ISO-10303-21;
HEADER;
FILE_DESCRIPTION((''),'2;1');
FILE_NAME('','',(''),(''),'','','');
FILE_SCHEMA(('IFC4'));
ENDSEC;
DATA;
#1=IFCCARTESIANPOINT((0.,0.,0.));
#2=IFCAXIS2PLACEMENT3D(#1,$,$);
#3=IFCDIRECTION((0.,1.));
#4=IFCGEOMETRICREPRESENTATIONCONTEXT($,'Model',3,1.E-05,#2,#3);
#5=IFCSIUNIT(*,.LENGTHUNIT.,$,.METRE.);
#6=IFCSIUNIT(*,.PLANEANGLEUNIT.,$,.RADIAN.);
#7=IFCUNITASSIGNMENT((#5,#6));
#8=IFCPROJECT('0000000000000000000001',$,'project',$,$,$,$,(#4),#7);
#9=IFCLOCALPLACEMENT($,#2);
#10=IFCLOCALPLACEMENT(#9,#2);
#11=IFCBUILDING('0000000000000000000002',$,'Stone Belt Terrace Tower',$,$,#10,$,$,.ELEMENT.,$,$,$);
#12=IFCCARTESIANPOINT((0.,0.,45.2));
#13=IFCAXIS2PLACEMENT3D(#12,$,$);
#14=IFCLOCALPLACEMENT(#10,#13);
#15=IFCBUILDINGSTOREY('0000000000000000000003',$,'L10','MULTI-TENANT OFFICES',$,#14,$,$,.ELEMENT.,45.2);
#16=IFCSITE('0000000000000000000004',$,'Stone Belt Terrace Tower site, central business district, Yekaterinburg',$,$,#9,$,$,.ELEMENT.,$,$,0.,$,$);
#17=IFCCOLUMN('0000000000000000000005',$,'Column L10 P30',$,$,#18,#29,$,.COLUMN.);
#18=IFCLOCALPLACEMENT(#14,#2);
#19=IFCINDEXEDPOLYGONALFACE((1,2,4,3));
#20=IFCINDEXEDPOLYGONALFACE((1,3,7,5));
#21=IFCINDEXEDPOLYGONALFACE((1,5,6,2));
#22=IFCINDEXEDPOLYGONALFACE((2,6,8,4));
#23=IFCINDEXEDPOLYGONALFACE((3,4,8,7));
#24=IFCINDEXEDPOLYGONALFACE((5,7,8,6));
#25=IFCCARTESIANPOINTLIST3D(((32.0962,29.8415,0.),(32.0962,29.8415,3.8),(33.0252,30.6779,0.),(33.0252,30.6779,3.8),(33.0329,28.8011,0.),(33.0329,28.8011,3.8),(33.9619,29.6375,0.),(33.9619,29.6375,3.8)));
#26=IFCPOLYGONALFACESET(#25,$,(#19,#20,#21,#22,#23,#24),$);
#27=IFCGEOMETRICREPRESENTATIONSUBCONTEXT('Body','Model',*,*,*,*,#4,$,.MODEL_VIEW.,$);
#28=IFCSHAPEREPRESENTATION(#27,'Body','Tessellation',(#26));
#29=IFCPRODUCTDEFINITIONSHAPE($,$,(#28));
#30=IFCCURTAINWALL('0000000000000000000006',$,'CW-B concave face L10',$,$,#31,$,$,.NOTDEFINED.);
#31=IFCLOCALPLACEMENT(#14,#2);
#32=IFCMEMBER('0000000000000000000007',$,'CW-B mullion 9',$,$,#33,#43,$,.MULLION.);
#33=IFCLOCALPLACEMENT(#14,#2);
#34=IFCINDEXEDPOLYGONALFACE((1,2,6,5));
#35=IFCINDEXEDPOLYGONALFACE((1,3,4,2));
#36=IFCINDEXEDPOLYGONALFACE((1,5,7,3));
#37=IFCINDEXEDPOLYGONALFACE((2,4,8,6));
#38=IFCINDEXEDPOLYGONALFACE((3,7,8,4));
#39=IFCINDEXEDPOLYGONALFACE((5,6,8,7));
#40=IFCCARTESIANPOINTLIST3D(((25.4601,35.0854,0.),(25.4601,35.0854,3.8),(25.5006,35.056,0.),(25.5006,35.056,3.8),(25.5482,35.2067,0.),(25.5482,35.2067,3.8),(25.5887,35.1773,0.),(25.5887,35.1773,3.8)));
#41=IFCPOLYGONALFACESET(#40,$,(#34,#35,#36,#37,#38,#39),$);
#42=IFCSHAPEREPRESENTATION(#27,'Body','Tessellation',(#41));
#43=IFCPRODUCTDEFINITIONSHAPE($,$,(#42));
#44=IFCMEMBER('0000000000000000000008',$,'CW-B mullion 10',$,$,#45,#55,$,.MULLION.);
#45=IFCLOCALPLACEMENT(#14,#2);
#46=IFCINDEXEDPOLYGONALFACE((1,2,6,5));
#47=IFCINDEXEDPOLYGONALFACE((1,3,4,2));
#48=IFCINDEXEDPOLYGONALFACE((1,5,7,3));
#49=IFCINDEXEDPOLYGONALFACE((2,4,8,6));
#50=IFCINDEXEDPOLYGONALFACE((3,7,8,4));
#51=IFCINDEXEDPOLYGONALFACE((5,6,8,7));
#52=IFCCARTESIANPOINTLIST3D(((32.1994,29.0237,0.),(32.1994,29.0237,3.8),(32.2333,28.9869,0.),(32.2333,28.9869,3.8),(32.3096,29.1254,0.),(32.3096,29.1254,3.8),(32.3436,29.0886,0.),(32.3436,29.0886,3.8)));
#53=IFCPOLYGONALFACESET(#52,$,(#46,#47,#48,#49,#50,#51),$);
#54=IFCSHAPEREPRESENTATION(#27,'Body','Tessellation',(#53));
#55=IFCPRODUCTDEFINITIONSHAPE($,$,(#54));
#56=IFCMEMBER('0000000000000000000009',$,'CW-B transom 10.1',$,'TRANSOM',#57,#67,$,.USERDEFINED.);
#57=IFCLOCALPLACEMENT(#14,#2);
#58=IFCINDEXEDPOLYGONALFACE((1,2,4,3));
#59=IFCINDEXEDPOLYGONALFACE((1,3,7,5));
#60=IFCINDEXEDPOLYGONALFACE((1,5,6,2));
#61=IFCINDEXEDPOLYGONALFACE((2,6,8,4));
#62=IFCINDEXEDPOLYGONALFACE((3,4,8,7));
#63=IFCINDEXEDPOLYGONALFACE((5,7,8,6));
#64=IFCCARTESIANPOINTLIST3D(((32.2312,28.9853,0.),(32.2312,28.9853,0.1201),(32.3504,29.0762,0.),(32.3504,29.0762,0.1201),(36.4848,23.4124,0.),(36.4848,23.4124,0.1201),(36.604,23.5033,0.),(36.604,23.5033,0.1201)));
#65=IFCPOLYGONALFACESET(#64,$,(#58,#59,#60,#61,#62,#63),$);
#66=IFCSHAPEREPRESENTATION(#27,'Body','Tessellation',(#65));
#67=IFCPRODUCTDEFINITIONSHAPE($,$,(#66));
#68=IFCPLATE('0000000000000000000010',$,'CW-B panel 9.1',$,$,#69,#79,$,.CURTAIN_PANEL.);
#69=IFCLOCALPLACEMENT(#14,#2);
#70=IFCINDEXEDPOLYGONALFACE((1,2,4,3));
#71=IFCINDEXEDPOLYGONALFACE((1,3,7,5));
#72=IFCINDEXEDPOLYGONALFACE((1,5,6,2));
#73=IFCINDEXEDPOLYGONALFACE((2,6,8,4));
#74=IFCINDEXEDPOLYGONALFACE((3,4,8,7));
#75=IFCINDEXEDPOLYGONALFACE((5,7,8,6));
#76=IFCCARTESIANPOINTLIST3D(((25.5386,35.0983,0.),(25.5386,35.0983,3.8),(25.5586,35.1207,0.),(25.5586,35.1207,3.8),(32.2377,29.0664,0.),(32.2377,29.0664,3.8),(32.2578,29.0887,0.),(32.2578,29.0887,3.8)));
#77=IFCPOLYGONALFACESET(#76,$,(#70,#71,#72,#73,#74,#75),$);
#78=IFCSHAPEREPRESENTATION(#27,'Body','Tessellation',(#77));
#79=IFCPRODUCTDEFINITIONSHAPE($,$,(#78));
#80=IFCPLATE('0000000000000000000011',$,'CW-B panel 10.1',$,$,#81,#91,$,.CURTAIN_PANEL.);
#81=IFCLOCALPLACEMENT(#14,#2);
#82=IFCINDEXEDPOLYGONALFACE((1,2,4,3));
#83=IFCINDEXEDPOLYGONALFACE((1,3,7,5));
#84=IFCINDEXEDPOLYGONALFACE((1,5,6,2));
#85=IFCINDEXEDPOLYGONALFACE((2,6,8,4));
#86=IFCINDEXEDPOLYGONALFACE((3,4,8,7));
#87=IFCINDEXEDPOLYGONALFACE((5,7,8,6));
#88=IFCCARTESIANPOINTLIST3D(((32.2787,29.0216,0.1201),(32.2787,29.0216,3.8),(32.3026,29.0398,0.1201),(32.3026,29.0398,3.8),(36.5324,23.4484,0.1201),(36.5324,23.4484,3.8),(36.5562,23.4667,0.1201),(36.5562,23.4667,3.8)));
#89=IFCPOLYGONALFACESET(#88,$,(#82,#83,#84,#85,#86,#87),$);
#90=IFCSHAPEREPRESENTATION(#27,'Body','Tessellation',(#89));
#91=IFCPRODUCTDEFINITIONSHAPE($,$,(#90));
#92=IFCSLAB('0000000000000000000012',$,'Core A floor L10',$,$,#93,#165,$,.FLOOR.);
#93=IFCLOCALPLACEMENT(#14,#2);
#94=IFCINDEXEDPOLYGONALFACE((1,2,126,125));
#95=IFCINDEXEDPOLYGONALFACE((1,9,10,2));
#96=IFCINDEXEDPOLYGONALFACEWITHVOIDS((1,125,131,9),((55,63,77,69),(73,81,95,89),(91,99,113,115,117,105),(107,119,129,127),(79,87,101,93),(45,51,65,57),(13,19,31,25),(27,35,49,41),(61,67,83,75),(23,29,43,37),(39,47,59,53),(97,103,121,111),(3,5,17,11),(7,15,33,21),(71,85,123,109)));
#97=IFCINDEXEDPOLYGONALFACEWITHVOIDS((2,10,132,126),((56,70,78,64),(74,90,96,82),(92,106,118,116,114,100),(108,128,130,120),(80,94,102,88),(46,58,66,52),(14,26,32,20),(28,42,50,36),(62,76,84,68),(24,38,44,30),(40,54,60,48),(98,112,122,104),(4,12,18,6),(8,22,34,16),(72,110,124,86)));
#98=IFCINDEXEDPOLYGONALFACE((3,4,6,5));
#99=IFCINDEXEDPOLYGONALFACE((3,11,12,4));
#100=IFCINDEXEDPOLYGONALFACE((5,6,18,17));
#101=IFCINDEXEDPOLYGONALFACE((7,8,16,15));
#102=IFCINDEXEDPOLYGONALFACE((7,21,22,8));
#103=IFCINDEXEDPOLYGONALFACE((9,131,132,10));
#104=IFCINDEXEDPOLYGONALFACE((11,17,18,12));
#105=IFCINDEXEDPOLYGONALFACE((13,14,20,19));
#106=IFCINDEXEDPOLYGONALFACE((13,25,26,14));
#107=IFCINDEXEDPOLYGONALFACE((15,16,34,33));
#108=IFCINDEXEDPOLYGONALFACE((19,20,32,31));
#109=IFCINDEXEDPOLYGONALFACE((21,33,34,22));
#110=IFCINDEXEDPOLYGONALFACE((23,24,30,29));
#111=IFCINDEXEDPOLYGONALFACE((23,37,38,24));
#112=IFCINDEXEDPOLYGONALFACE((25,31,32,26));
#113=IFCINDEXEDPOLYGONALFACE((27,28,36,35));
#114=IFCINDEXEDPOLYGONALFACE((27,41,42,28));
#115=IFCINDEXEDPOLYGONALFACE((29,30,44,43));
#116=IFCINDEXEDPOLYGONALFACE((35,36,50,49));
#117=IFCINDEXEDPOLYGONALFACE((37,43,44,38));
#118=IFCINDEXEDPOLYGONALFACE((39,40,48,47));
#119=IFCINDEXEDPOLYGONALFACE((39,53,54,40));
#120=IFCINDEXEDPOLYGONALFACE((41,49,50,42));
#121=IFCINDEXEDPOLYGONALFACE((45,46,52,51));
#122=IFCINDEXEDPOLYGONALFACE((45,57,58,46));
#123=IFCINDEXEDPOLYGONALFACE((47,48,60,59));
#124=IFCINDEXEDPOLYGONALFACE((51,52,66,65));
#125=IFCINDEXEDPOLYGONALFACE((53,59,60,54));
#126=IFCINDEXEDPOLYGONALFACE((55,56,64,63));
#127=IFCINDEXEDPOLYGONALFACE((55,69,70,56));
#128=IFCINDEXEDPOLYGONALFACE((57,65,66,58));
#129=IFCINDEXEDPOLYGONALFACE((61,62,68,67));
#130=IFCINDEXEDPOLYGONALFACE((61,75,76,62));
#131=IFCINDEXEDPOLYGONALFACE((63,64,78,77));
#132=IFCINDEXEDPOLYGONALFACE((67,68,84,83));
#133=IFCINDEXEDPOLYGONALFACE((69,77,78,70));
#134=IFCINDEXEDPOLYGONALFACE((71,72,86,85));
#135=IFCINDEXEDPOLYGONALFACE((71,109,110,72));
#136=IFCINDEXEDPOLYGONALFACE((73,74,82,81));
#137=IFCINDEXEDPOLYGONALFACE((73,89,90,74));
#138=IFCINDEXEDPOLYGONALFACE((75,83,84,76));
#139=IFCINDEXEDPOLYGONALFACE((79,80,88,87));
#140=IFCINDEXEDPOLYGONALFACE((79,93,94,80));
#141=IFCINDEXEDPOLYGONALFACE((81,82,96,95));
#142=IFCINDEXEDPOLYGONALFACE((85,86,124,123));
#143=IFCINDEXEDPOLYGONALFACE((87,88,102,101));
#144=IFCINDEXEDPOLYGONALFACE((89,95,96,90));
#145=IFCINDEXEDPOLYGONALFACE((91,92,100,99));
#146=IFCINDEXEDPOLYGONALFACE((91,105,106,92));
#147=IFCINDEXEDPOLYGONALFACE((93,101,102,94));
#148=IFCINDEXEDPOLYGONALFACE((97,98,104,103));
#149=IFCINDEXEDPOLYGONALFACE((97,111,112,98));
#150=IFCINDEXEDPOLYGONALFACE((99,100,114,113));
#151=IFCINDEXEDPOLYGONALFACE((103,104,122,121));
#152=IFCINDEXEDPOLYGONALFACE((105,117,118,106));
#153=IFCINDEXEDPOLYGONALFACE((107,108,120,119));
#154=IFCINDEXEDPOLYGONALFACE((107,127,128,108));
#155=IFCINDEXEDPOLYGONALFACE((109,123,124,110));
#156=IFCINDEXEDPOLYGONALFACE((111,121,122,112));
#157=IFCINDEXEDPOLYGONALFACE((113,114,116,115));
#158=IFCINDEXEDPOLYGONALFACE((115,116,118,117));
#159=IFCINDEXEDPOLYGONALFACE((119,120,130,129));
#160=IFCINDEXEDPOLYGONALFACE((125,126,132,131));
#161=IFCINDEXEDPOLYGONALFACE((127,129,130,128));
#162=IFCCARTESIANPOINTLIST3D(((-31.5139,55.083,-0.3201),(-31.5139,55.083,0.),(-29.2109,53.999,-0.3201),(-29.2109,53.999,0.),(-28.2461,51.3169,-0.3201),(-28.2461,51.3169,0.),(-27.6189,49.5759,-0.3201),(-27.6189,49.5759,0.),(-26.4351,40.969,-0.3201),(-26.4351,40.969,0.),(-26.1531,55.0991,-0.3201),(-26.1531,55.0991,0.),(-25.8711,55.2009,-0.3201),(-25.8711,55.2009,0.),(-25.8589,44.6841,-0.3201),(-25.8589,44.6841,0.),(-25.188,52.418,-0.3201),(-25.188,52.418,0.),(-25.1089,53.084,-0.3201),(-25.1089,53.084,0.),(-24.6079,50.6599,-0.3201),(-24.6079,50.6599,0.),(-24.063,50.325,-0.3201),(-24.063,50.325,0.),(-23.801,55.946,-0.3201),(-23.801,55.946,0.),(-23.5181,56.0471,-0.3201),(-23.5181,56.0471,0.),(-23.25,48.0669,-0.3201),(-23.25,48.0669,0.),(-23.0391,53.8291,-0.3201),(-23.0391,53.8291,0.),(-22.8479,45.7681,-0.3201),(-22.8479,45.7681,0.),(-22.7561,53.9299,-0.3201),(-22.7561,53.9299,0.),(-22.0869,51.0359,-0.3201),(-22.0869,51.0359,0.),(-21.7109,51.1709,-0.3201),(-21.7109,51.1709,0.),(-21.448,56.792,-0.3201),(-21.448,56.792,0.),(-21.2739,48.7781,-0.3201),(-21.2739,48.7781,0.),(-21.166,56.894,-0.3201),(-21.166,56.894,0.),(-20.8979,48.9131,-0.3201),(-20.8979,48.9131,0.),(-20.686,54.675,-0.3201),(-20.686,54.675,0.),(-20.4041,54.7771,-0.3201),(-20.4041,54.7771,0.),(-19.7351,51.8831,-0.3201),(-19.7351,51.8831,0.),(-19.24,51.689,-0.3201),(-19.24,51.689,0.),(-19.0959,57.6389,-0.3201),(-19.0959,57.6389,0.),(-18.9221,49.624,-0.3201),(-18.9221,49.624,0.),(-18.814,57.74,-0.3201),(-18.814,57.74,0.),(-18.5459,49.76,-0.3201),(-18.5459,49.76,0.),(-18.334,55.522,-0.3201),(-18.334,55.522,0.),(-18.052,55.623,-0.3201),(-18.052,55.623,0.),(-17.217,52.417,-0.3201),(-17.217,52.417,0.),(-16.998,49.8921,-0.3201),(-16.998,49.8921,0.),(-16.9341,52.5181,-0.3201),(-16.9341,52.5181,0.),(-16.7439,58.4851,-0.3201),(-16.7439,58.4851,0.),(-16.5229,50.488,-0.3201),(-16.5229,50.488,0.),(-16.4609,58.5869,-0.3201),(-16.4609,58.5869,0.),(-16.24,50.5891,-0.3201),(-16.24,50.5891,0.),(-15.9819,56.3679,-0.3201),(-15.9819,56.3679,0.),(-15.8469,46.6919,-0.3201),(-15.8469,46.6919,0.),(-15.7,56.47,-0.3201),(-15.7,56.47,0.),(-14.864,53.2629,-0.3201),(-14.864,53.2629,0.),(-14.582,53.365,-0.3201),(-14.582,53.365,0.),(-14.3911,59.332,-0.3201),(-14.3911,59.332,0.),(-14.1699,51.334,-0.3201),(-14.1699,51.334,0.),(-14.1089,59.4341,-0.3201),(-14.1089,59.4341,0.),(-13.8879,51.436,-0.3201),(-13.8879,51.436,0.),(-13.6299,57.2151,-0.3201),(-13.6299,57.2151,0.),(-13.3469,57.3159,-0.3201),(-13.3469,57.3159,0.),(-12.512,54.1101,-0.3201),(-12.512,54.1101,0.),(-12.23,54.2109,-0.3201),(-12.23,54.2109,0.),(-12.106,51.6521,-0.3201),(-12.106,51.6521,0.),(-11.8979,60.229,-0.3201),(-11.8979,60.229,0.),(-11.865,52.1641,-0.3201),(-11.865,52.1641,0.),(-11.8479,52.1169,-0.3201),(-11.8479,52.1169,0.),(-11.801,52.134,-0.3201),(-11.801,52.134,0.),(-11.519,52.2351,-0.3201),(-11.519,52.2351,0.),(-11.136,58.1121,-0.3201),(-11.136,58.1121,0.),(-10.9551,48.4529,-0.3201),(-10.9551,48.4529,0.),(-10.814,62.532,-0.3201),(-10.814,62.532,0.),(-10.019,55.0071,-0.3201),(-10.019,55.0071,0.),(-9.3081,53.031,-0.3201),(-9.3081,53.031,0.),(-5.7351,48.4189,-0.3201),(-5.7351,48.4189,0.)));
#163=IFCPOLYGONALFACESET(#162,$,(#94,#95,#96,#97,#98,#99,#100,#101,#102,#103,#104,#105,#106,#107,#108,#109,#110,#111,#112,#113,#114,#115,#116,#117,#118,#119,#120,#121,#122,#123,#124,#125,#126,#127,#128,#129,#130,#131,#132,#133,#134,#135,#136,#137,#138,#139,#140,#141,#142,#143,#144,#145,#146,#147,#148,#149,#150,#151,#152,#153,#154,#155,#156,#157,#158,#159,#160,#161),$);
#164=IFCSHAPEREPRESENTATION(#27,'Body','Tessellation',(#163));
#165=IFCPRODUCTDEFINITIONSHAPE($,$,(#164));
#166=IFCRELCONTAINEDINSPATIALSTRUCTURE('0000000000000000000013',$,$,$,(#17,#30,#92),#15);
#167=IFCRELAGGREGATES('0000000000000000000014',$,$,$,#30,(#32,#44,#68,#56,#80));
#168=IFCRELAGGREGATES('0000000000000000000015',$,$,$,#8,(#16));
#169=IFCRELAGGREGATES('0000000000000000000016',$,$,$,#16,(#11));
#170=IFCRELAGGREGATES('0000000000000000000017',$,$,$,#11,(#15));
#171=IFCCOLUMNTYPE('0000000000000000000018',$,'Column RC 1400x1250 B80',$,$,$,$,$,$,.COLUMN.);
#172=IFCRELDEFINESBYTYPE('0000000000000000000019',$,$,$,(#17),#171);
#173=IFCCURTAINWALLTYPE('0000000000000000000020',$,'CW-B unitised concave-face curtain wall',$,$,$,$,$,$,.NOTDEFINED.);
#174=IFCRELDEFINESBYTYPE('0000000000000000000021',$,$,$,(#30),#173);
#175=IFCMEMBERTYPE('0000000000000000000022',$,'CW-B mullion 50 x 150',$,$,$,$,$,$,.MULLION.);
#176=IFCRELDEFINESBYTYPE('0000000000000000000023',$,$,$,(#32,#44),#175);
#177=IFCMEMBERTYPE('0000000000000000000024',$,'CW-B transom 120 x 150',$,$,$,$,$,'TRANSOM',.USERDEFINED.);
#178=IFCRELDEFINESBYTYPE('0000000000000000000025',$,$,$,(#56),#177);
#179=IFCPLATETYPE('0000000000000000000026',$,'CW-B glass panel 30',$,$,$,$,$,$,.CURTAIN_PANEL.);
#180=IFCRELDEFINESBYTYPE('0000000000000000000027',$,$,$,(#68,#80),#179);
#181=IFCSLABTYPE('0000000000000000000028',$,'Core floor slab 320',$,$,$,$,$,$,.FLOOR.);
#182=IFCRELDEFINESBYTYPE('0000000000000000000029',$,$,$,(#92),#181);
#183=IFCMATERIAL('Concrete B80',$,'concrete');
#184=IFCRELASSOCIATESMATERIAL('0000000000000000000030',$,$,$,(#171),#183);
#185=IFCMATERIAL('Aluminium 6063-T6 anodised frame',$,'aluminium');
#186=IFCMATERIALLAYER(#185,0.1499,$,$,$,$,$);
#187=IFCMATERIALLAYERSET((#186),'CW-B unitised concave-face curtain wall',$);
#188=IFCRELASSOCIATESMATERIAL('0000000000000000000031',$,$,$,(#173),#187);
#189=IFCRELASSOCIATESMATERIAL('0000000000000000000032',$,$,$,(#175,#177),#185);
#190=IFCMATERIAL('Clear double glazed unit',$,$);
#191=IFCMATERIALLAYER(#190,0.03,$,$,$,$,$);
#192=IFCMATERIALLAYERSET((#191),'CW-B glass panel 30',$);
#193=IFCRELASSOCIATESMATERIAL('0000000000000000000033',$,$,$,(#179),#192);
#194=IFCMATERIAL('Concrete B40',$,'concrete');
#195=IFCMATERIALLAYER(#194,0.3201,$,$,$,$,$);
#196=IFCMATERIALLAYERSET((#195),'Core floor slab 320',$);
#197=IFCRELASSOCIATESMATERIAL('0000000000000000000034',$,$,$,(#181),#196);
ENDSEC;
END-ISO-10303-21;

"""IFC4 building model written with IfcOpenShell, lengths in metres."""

from ifc_helpers import new_model, si_unit, direction, frame, origin, origin_2d, place, context, subcontext, project, spatial, polyline, rectangle, outline, extrude, material, layer, layer_set, material_profile, profile_set, type_object, element, aggregate, save


model = new_model("IFC4")

# Units and contexts
model_context = context("Model", 3, precision=1e-05, world=origin(), true_north=direction((0.0, 1.0)))
body_context = subcontext(model_context, "Body", "Model", "MODEL_VIEW")
ifc_project = project(units=[si_unit("LENGTHUNIT", "METRE"), si_unit("PLANEANGLEUNIT", "RADIAN")], contexts=[model_context])

# Site, building, storey
site_placement = place(None, origin())
site = spatial("IfcSite", under=ifc_project, at=site_placement, Name="Stone Belt Terrace Tower site, central business district, Yekaterinburg", CompositionType="ELEMENT", RefElevation=0.0)
building_placement = place(site_placement, origin())
building = spatial("IfcBuilding", under=site, at=building_placement, Name="Stone Belt Terrace Tower", CompositionType="ELEMENT")
storey_placement = place(building_placement, frame((0.0, 0.0, 45.2)))
storey = spatial("IfcBuildingStorey", under=building, at=storey_placement, Name="L10", Description="MULTI-TENANT OFFICES", CompositionType="ELEMENT", Elevation=45.2)

# Column
ifc_material_1 = material(Name="Concrete B80", Category="concrete")
ifc_material_profile_1 = material_profile(ifc_material_1, rectangle(XDim=1.3999, YDim=1.25, at=origin_2d()), Name="RC 1400x1250")
ifc_profile_set_1 = profile_set([ifc_material_profile_1], Name="Concrete B80")
column_type = type_object("IfcColumnType", Name="Column RC 1400x1250 B80", PredefinedType="COLUMN", material=ifc_profile_set_1)
column_placement = place(storey_placement, frame((33.0291, 29.7395, 0.0), z_axis=(0.0, 0.0, 1.0), x_axis=(0.669131, -0.743145, 0.0)))
element("IfcColumn", 1, at=column_placement, inside=storey, type_object=column_type, Name="Column L10 P30", PredefinedType="COLUMN", context=body_context, shape_type="SweptSolid", body=[
    extrude(rectangle(XDim=1.3999, YDim=1.25, at=origin_2d()), origin(), (0.0, 0.0, 1.0), 3.8),
])

# Curtain wall, members, plates
ifc_material_2 = material(Name="Aluminium 6063-T6 anodised frame", Category="aluminium")
ifc_layer_1 = layer(ifc_material_2, 0.1499)
ifc_layer_set_1 = layer_set([ifc_layer_1], Name="CW-B unitised concave-face curtain wall")
curtain_wall_type = type_object("IfcCurtainWallType", Name="CW-B unitised concave-face curtain wall", PredefinedType="NOTDEFINED", material=ifc_layer_set_1)
curtain_wall_placement = place(storey_placement, origin())
curtain_wall = element("IfcCurtainWall", 2, at=curtain_wall_placement, inside=storey, type_object=curtain_wall_type, Name="CW-B concave face L10", PredefinedType="NOTDEFINED")
ifc_material_profile_2 = material_profile(ifc_material_2, rectangle(XDim=0.1499, YDim=0.05, at=origin_2d()), Name="Aluminium 6063-T6 50x150")
ifc_profile_set_2 = profile_set([ifc_material_profile_2], Name="Aluminium 6063-T6 anodised frame")
member_type_1 = type_object("IfcMemberType", Name="CW-B mullion 50 x 150", PredefinedType="MULLION", material=ifc_profile_set_2)
member_1_placement = place(storey_placement, frame((25.5244, 35.1313, 0.0), z_axis=(0.0, 0.0, 1.0), x_axis=(0.587785, 0.809017, 0.0)))
member_1 = element("IfcMember", 3, at=member_1_placement, type_object=member_type_1, Name="CW-B mullion 9", PredefinedType="MULLION", context=body_context, shape_type="SweptSolid", body=[
    extrude(rectangle(XDim=0.1499, YDim=0.05, at=origin_2d()), origin(), (0.0, 0.0, 1.0), 3.8),
])
member_2_placement = place(storey_placement, frame((32.2715, 29.0562, 0.0), z_axis=(0.0, 0.0, 1.0), x_axis=(0.735198, 0.677852, 0.0)))
member_2 = element("IfcMember", 4, at=member_2_placement, type_object=member_type_1, Name="CW-B mullion 10", PredefinedType="MULLION", context=body_context, shape_type="SweptSolid", body=[
    extrude(rectangle(XDim=0.1499, YDim=0.05, at=origin_2d()), origin(), (0.0, 0.0, 1.0), 3.8),
])
ifc_material_profile_3 = material_profile(ifc_material_2, rectangle(XDim=0.1499, YDim=0.1201, at=origin_2d()), Name="Aluminium 6063-T6 150x120")
ifc_profile_set_3 = profile_set([ifc_material_profile_3], Name="Aluminium 6063-T6 anodised frame")
member_type_2 = type_object("IfcMemberType", Name="CW-B transom 120 x 150", ElementType="TRANSOM", PredefinedType="USERDEFINED", material=ifc_profile_set_3)
member_3_placement = place(storey_placement, frame((32.2908, 29.0308, 0.0601), z_axis=(0.606726, -0.794911, 0.0), x_axis=(0.794911, 0.606726, 0.0)))
member_3 = element("IfcMember", 5, at=member_3_placement, type_object=member_type_2, Name="CW-B transom 10.1", ObjectType="TRANSOM", PredefinedType="USERDEFINED", context=body_context, shape_type="SweptSolid", body=[
    extrude(rectangle(XDim=0.1499, YDim=0.1201, at=origin_2d()), origin(), (0.0, 0.0, 1.0), 7.0107),
])
ifc_material_3 = material(Name="Clear double glazed unit")
ifc_layer_2 = layer(ifc_material_3, 0.03)
ifc_layer_set_2 = layer_set([ifc_layer_2], Name="CW-B glass panel 30")
plate_type = type_object("IfcPlateType", Name="CW-B glass panel 30", PredefinedType="CURTAIN_PANEL", material=ifc_layer_set_2)
plate_1_placement = place(storey_placement, frame((28.8982, 32.0935, 0.0), z_axis=(0.0, 0.0, 1.0), x_axis=(0.743145, -0.669131, 0.0)))
plate_1 = element("IfcPlate", 6, at=plate_1_placement, type_object=plate_type, Name="CW-B panel 9.1", PredefinedType="CURTAIN_PANEL", context=body_context, shape_type="SweptSolid", body=[
    extrude(rectangle(XDim=9.0146, YDim=0.03, at=origin_2d()), origin(), (0.0, 0.0, 1.0), 3.8),
])
plate_2_placement = place(storey_placement, frame((34.4175, 26.2441, 0.1201), z_axis=(0.0, 0.0, 1.0), x_axis=(0.606712, -0.794922, 0.0)))
plate_2 = element("IfcPlate", 7, at=plate_2_placement, type_object=plate_type, Name="CW-B panel 10.1", PredefinedType="CURTAIN_PANEL", context=body_context, shape_type="SweptSolid", body=[
    extrude(rectangle(XDim=7.011, YDim=0.03, at=origin_2d()), origin(), (0.0, 0.0, 1.0), 3.6799),
])
aggregate(curtain_wall, [member_1, member_2, plate_1, member_3, plate_2])

# Slab
ifc_material_4 = material(Name="Concrete B40", Category="concrete")
ifc_layer_3 = layer(ifc_material_4, 0.3201)
ifc_layer_set_3 = layer_set([ifc_layer_3], Name="Core floor slab 320")
slab_type_1 = type_object("IfcSlabType", Name="Core floor slab 320", PredefinedType="FLOOR", material=ifc_layer_set_3)
slab_1_placement = place(storey_placement, frame((0.0, 0.0, -0.3201)))
element("IfcSlab", 8, at=slab_1_placement, inside=storey, type_object=slab_type_1, Name="Core A floor L10", PredefinedType="FLOOR", context=body_context, shape_type="SweptSolid", body=[
    extrude(outline(polyline([(-26.4351, 40.969), (-5.7351, 48.4189), (-10.814, 62.532), (-31.5139, 55.083), (-26.4351, 40.969)]), holes=[polyline([(-24.6079, 50.6599), (-22.8479, 45.7681), (-25.8589, 44.6841), (-27.6189, 49.5759), (-24.6079, 50.6599)]), polyline([(-21.2739, 48.7781), (-23.25, 48.0669), (-24.063, 50.325), (-22.0869, 51.0359), (-21.2739, 48.7781)]), polyline([(-18.9221, 49.624), (-20.8979, 48.9131), (-21.7109, 51.1709), (-19.7351, 51.8831), (-18.9221, 49.624)]), polyline([(-19.24, 51.689), (-17.217, 52.417), (-16.5229, 50.488), (-18.5459, 49.76), (-19.24, 51.689)]), polyline([(-29.2109, 53.999), (-26.1531, 55.0991), (-25.188, 52.418), (-28.2461, 51.3169), (-29.2109, 53.999)]), polyline([(-23.801, 55.946), (-23.0391, 53.8291), (-25.1089, 53.084), (-25.8711, 55.2009), (-23.801, 55.946)]), polyline([(-21.448, 56.792), (-20.686, 54.675), (-22.7561, 53.9299), (-23.5181, 56.0471), (-21.448, 56.792)]), polyline([(-19.0959, 57.6389), (-18.334, 55.522), (-20.4041, 54.7771), (-21.166, 56.894), (-19.0959, 57.6389)]), polyline([(-15.8469, 46.6919), (-16.998, 49.8921), (-12.106, 51.6521), (-10.9551, 48.4529), (-15.8469, 46.6919)]), polyline([(-16.24, 50.5891), (-16.9341, 52.5181), (-14.864, 53.2629), (-14.1699, 51.334), (-16.24, 50.5891)]), polyline([(-11.801, 52.134), (-11.8479, 52.1169), (-11.865, 52.1641), (-13.8879, 51.436), (-14.582, 53.365), (-12.512, 54.1101), (-11.801, 52.134)]), polyline([(-9.3081, 53.031), (-11.519, 52.2351), (-12.23, 54.2109), (-10.019, 55.0071), (-9.3081, 53.031)]), polyline([(-16.7439, 58.4851), (-15.9819, 56.3679), (-18.052, 55.623), (-18.814, 57.74), (-16.7439, 58.4851)]), polyline([(-14.3911, 59.332), (-13.6299, 57.2151), (-15.7, 56.47), (-16.4609, 58.5869), (-14.3911, 59.332)]), polyline([(-11.8979, 60.229), (-11.136, 58.1121), (-13.3469, 57.3159), (-14.1089, 59.4341), (-11.8979, 60.229)])]), origin(), (0.0, 0.0, 1.0), 0.3201),
])

save(model, "model.ifc")
